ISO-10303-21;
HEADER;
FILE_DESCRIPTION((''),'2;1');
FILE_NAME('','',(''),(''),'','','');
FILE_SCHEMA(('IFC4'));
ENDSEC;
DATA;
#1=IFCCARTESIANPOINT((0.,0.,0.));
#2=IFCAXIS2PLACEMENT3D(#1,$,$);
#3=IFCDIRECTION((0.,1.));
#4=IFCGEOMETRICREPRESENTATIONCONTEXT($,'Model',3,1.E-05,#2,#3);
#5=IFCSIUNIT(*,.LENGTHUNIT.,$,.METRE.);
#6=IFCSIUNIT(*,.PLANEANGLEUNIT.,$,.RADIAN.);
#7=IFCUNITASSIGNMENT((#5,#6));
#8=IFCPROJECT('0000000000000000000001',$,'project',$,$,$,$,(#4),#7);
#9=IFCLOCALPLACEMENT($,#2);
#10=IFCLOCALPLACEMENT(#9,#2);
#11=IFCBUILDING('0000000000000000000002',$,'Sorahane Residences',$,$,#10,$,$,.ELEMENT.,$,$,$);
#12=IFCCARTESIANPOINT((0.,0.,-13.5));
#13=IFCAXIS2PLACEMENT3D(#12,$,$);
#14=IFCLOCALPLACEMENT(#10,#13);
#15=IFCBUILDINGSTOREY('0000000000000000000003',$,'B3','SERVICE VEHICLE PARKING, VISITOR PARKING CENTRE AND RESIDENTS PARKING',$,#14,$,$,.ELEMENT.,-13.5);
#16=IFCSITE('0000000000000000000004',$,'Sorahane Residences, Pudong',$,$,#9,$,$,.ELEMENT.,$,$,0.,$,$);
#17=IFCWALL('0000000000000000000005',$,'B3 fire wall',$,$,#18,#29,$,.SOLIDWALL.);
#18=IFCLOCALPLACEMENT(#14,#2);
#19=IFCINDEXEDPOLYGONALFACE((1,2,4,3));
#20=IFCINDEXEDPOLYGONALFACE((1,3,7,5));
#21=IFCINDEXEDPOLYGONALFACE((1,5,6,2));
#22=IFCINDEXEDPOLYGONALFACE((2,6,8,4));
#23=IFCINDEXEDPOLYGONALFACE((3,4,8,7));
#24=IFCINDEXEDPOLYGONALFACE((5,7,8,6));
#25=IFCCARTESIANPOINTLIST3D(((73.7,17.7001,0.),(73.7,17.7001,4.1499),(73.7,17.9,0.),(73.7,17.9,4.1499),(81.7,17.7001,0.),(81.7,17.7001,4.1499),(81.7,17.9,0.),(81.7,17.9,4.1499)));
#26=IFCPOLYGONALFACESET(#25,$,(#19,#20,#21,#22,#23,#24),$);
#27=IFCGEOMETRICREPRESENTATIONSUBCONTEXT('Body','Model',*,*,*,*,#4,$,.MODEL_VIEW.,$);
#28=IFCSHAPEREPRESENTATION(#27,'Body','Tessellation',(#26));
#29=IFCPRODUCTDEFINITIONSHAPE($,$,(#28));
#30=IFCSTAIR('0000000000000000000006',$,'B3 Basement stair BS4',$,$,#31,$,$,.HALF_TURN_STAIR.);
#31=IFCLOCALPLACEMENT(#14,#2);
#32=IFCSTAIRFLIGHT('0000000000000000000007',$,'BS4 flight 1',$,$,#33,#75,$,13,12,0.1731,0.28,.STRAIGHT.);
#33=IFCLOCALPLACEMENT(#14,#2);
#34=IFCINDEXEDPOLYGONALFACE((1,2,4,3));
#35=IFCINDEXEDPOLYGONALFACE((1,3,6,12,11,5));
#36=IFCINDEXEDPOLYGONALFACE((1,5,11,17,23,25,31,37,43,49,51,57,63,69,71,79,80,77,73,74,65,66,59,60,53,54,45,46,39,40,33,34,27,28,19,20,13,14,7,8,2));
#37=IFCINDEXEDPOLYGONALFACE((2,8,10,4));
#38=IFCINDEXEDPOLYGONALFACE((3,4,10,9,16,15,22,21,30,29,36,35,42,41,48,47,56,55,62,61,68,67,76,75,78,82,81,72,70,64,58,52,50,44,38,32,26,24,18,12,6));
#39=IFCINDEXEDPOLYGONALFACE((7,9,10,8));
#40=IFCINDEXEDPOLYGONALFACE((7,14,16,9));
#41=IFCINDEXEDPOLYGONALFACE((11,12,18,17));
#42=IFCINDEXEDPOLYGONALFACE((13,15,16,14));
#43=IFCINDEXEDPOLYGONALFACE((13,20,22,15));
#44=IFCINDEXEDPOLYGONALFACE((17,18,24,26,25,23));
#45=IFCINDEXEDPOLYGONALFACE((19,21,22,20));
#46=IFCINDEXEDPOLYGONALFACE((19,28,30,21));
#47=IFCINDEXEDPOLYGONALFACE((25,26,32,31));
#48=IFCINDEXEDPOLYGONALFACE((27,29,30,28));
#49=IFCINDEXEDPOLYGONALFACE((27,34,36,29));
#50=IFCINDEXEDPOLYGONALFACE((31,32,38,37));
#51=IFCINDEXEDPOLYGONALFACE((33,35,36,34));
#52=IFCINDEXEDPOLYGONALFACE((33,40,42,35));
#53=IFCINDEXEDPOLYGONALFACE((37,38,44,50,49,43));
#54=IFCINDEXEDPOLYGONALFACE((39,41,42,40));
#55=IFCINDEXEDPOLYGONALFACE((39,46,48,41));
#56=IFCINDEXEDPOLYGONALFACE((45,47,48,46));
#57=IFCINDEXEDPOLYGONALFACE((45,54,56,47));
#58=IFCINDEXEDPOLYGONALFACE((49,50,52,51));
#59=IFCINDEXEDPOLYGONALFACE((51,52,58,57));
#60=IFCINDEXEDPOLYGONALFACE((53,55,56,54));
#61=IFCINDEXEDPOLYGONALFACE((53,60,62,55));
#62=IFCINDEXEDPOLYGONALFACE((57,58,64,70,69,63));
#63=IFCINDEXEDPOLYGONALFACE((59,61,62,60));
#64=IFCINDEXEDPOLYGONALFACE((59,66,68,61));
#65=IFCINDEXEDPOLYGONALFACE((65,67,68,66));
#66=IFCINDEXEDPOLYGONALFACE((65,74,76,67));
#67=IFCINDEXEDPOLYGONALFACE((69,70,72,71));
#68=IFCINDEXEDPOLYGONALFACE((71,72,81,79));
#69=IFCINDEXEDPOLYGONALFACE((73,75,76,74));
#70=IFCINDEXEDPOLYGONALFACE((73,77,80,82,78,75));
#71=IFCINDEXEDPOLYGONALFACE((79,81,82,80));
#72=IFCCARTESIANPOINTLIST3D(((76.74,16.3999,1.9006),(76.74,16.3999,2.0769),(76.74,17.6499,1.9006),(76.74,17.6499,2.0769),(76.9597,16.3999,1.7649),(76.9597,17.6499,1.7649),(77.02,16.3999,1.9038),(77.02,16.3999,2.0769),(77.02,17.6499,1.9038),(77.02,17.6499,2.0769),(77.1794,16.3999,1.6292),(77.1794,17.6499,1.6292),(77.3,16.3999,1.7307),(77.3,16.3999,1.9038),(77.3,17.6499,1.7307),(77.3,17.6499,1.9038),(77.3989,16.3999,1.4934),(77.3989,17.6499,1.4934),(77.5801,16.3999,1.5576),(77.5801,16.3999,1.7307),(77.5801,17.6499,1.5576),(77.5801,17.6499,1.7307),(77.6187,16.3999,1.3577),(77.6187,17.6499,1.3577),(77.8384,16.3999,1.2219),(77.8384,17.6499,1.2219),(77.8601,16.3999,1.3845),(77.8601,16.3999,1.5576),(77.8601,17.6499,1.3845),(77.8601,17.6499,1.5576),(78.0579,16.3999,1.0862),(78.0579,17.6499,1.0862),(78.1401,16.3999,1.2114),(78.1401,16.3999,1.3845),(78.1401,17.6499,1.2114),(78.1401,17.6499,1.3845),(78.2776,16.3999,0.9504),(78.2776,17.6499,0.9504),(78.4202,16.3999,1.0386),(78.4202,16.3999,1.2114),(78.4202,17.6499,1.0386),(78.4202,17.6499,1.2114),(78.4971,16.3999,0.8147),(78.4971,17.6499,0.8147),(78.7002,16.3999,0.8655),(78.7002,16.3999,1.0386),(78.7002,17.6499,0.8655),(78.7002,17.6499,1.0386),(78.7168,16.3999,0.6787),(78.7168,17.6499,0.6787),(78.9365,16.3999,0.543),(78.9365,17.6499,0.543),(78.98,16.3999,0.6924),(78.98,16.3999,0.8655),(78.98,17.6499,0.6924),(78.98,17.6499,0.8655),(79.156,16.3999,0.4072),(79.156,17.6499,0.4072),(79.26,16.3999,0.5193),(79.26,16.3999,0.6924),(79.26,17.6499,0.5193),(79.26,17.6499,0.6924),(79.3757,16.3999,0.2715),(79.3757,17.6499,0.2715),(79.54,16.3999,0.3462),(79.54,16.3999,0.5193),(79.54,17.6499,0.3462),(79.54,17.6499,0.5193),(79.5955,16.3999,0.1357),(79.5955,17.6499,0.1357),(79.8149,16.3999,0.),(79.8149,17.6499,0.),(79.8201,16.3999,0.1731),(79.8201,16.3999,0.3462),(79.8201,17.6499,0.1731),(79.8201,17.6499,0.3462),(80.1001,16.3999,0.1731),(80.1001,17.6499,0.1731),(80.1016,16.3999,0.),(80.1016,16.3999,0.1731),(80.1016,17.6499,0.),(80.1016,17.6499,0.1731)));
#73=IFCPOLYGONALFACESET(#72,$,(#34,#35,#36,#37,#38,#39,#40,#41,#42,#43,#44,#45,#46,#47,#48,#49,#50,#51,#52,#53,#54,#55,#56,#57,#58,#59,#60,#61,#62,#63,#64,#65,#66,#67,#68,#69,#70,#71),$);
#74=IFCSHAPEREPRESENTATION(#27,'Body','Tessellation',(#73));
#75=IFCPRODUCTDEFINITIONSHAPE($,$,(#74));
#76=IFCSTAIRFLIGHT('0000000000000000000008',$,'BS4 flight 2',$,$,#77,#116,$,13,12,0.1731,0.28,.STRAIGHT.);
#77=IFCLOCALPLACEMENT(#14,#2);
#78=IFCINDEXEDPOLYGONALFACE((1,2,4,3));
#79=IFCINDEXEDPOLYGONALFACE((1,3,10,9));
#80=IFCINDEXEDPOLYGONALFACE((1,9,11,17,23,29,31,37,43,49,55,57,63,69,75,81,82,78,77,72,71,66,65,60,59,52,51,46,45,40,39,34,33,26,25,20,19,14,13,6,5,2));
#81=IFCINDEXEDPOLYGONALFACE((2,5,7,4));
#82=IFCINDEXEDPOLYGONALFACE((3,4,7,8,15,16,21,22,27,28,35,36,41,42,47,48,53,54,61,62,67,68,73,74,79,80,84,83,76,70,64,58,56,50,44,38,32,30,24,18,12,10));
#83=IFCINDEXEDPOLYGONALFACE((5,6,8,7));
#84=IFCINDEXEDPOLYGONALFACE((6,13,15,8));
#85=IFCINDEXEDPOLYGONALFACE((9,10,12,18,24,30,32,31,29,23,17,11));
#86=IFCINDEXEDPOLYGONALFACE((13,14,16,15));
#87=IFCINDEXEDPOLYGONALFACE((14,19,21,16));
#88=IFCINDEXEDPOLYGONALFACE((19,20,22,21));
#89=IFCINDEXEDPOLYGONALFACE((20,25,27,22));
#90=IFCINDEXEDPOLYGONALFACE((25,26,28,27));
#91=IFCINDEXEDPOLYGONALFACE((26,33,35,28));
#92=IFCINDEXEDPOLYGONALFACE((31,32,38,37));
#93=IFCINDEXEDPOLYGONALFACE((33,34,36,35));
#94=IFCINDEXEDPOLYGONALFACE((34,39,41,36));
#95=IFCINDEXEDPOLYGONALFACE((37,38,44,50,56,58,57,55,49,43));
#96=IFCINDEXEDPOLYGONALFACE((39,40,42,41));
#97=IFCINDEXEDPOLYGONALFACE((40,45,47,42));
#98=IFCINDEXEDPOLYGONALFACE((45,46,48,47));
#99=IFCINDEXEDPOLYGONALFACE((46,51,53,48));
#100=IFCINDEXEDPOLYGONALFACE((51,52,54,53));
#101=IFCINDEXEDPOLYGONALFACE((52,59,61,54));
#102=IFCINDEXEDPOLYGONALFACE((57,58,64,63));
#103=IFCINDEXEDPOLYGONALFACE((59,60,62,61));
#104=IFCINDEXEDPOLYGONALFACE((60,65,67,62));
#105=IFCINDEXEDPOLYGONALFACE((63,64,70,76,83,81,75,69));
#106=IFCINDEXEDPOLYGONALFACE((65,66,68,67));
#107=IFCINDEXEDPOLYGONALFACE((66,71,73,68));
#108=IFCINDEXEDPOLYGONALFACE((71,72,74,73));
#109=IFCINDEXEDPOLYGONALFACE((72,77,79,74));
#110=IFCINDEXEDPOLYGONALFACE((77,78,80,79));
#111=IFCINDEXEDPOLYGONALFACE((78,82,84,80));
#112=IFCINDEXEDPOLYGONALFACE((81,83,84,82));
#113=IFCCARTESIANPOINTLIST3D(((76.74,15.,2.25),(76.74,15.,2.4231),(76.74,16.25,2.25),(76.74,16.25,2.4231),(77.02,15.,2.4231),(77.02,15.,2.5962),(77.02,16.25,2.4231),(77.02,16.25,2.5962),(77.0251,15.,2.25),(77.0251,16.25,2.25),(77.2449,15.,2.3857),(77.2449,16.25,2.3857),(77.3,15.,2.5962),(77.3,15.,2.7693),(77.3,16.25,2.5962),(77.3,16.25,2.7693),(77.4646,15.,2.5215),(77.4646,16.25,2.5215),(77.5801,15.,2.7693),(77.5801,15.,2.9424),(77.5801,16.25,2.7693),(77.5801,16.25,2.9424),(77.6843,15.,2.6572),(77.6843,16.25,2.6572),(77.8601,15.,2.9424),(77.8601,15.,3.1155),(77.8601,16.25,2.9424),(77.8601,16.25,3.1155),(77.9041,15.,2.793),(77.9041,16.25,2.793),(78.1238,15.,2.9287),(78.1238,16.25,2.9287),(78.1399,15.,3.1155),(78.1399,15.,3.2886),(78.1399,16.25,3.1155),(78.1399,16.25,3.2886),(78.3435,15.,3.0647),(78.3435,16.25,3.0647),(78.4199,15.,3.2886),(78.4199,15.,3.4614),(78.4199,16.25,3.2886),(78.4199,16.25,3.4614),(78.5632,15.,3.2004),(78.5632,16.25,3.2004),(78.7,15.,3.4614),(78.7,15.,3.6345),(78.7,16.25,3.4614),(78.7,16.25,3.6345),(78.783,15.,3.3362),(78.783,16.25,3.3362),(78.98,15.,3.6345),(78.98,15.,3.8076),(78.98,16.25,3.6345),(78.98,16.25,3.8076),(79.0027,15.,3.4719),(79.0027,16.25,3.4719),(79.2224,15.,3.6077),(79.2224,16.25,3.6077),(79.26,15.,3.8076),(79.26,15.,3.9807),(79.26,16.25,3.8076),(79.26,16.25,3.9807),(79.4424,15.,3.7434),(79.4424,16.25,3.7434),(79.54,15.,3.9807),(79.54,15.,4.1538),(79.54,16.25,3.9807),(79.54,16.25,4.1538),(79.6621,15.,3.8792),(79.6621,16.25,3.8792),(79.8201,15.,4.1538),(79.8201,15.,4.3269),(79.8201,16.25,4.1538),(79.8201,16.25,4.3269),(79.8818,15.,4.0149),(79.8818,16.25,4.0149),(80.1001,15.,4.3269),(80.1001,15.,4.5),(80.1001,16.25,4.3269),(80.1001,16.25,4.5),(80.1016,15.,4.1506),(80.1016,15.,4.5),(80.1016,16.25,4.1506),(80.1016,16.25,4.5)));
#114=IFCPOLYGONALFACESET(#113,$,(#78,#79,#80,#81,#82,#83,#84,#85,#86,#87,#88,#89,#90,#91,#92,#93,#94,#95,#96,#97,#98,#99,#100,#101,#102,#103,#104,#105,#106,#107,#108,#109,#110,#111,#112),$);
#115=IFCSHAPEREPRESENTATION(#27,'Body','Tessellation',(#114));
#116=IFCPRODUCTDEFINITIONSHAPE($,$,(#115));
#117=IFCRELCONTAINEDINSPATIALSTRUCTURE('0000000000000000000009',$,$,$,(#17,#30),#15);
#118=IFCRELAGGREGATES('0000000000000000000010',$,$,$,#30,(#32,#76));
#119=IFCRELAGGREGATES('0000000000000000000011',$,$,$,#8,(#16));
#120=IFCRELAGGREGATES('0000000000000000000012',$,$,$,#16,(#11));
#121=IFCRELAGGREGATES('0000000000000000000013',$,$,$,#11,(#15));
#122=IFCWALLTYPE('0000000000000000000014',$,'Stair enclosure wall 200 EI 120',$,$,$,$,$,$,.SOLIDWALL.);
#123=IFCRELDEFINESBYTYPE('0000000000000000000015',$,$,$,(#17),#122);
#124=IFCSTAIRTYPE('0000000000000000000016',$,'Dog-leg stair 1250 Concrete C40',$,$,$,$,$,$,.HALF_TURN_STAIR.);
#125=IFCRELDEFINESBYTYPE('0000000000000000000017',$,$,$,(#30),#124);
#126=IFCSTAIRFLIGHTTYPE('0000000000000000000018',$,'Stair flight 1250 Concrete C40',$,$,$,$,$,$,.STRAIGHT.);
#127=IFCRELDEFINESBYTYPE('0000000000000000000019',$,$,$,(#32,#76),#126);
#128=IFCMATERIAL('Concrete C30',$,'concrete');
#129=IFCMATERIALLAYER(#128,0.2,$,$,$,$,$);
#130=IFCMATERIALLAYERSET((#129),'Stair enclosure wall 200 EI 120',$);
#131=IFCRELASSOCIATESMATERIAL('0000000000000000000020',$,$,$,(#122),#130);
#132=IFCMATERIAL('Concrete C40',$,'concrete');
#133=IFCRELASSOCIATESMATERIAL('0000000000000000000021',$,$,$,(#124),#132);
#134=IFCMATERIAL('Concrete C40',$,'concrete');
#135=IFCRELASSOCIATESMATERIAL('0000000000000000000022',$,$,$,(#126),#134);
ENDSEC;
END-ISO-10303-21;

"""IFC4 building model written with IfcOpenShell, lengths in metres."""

from ifc_helpers import new_model, si_unit, direction, frame, frame_2d, origin, place, context, subcontext, project, spatial, polyline, rectangle, outline, extrude, material, layer, layer_set, type_object, element, aggregate, save


model = new_model("IFC4")

# Units and contexts
model_context = context("Model", 3, precision=1e-05, world=origin(), true_north=direction((0.0, 1.0)))
body_context = subcontext(model_context, "Body", "Model", "MODEL_VIEW")
ifc_project = project(units=[si_unit("LENGTHUNIT", "METRE"), si_unit("PLANEANGLEUNIT", "RADIAN")], contexts=[model_context])

# Site, building, storey
site_placement = place(None, origin())
site = spatial("IfcSite", under=ifc_project, at=site_placement, Name="Sorahane Residences, Pudong", CompositionType="ELEMENT", RefElevation=0.0)
building_placement = place(site_placement, origin())
building = spatial("IfcBuilding", under=site, at=building_placement, Name="Sorahane Residences", CompositionType="ELEMENT")
storey_placement = place(building_placement, frame((0.0, 0.0, -13.5)))
storey = spatial("IfcBuildingStorey", under=building, at=storey_placement, Name="B3", Description="SERVICE VEHICLE PARKING, VISITOR PARKING CENTRE AND RESIDENTS PARKING", CompositionType="ELEMENT", Elevation=-13.5)

# Wall
ifc_material_1 = material(Name="Concrete C30", Category="concrete")
ifc_layer_1 = layer(ifc_material_1, 0.2)
ifc_layer_set_1 = layer_set([ifc_layer_1], Name="Stair enclosure wall 200 EI 120")
wall_type_1 = type_object("IfcWallType", Name="Stair enclosure wall 200 EI 120", PredefinedType="SOLIDWALL", material=ifc_layer_set_1)
for number, where, z_axis, x_axis, name in (
    (1, (73.7, 17.8, 0.0), (0.0, 0.0, 1.0), (1.0, 0.0, 0.0), "B3 fire wall"),
):
    element("IfcWall", number, at=place(storey_placement, frame(where, z_axis=z_axis, x_axis=x_axis)), inside=storey, type_object=wall_type_1, Name=name, PredefinedType="SOLIDWALL", context=body_context, shape_type="SweptSolid", body=[
        extrude(rectangle(XDim=8.0, YDim=0.2, at=frame_2d((4.0, 0.0))), origin(), (0.0, 0.0, 1.0), 4.1499),
    ])

# Stair, stair flights
ifc_material_2 = material(Name="Concrete C40", Category="concrete")
stair_type = type_object("IfcStairType", Name="Dog-leg stair 1250 Concrete C40", PredefinedType="HALF_TURN_STAIR", material=ifc_material_2)
stair_placement = place(storey_placement, origin())
stair = element("IfcStair", 2, at=stair_placement, inside=storey, type_object=stair_type, Name="B3 Basement stair BS4", PredefinedType="HALF_TURN_STAIR")
ifc_material_3 = material(Name="Concrete C40", Category="concrete")
stair_flight_type = type_object("IfcStairFlightType", Name="Stair flight 1250 Concrete C40", PredefinedType="STRAIGHT", material=ifc_material_3)
stair_flight_1_placement = place(storey_placement, frame((80.1001, 17.0249, 0.0), z_axis=(0.0, 0.0, 1.0), x_axis=(-1.0, 0.0, 0.0)))
stair_flight_1 = element("IfcStairFlight", 3, at=stair_flight_1_placement, type_object=stair_flight_type, Name="BS4 flight 1", NumberOfRisers=13, NumberOfTreads=12, PredefinedType="STRAIGHT", RiserHeight=0.1731, TreadLength=0.28, context=body_context, shape_type="SweptSolid", body=[
    extrude(outline(polyline([(-0.0015, 0.0), (-0.0015, 0.1731), (0.0, 0.1731), (0.28, 0.1731), (0.28, 0.3462), (0.5601, 0.3462), (0.5601, 0.5193), (0.8401, 0.5193), (0.8401, 0.6924), (1.1201, 0.6924), (1.1201, 0.8655), (1.3999, 0.8655), (1.3999, 1.0386), (1.6799, 1.0386), (1.6799, 1.2114), (1.96, 1.2114), (1.96, 1.3845), (2.24, 1.3845), (2.24, 1.5576), (2.52, 1.5576), (2.52, 1.7307), (2.8, 1.7307), (2.8, 1.9038), (3.0801, 1.9038), (3.0801, 2.0769), (3.3601, 2.0769), (3.3601, 2.25), (3.3601, 1.9006), (3.1404, 1.7649), (2.9207, 1.6292), (2.7012, 1.4934), (2.4814, 1.3577), (2.2617, 1.2219), (2.0422, 1.0862), (1.8225, 0.9504), (1.603, 0.8147), (1.3833, 0.6787), (1.1636, 0.543), (0.9441, 0.4072), (0.7244, 0.2715), (0.5046, 0.1357), (0.2852, 0.0), (-0.0015, 0.0)])), frame((0.0, 0.625, 0.0), z_axis=(0.0, -1.0, 0.0), x_axis=(1.0, 0.0, 0.0)), (0.0, 0.0, 1.0), 1.25),
])
stair_flight_2_placement = place(storey_placement, frame((76.74, 15.625, 2.25), z_axis=(0.0, 0.0, 1.0), x_axis=(1.0, 0.0, 0.0)))
stair_flight_2 = element("IfcStairFlight", 4, at=stair_flight_2_placement, type_object=stair_flight_type, Name="BS4 flight 2", NumberOfRisers=13, NumberOfTreads=12, PredefinedType="STRAIGHT", RiserHeight=0.1731, TreadLength=0.28, context=body_context, shape_type="SweptSolid", body=[
    extrude(outline(polyline([(0.0, 0.0), (0.0, 0.1731), (0.28, 0.1731), (0.28, 0.3462), (0.5601, 0.3462), (0.5601, 0.5193), (0.8401, 0.5193), (0.8401, 0.6924), (1.1201, 0.6924), (1.1201, 0.8655), (1.3999, 0.8655), (1.3999, 1.0386), (1.6799, 1.0386), (1.6799, 1.2114), (1.96, 1.2114), (1.96, 1.3845), (2.24, 1.3845), (2.24, 1.5576), (2.52, 1.5576), (2.52, 1.7307), (2.8, 1.7307), (2.8, 1.9038), (3.0801, 1.9038), (3.0801, 2.0769), (3.3601, 2.0769), (3.3601, 2.25), (3.3616, 2.25), (3.3616, 1.9006), (3.1418, 1.7649), (2.9221, 1.6292), (2.7024, 1.4934), (2.4824, 1.3577), (2.2627, 1.2219), (2.043, 1.0862), (1.8232, 0.9504), (1.6035, 0.8147), (1.3838, 0.6787), (1.1641, 0.543), (0.9443, 0.4072), (0.7246, 0.2715), (0.5049, 0.1357), (0.2852, 0.0), (0.0, 0.0)])), frame((0.0, 0.625, 0.0), z_axis=(0.0, -1.0, 0.0), x_axis=(1.0, 0.0, 0.0)), (0.0, 0.0, 1.0), 1.25),
])
aggregate(stair, [stair_flight_1, stair_flight_2])

save(model, "model.ifc")
